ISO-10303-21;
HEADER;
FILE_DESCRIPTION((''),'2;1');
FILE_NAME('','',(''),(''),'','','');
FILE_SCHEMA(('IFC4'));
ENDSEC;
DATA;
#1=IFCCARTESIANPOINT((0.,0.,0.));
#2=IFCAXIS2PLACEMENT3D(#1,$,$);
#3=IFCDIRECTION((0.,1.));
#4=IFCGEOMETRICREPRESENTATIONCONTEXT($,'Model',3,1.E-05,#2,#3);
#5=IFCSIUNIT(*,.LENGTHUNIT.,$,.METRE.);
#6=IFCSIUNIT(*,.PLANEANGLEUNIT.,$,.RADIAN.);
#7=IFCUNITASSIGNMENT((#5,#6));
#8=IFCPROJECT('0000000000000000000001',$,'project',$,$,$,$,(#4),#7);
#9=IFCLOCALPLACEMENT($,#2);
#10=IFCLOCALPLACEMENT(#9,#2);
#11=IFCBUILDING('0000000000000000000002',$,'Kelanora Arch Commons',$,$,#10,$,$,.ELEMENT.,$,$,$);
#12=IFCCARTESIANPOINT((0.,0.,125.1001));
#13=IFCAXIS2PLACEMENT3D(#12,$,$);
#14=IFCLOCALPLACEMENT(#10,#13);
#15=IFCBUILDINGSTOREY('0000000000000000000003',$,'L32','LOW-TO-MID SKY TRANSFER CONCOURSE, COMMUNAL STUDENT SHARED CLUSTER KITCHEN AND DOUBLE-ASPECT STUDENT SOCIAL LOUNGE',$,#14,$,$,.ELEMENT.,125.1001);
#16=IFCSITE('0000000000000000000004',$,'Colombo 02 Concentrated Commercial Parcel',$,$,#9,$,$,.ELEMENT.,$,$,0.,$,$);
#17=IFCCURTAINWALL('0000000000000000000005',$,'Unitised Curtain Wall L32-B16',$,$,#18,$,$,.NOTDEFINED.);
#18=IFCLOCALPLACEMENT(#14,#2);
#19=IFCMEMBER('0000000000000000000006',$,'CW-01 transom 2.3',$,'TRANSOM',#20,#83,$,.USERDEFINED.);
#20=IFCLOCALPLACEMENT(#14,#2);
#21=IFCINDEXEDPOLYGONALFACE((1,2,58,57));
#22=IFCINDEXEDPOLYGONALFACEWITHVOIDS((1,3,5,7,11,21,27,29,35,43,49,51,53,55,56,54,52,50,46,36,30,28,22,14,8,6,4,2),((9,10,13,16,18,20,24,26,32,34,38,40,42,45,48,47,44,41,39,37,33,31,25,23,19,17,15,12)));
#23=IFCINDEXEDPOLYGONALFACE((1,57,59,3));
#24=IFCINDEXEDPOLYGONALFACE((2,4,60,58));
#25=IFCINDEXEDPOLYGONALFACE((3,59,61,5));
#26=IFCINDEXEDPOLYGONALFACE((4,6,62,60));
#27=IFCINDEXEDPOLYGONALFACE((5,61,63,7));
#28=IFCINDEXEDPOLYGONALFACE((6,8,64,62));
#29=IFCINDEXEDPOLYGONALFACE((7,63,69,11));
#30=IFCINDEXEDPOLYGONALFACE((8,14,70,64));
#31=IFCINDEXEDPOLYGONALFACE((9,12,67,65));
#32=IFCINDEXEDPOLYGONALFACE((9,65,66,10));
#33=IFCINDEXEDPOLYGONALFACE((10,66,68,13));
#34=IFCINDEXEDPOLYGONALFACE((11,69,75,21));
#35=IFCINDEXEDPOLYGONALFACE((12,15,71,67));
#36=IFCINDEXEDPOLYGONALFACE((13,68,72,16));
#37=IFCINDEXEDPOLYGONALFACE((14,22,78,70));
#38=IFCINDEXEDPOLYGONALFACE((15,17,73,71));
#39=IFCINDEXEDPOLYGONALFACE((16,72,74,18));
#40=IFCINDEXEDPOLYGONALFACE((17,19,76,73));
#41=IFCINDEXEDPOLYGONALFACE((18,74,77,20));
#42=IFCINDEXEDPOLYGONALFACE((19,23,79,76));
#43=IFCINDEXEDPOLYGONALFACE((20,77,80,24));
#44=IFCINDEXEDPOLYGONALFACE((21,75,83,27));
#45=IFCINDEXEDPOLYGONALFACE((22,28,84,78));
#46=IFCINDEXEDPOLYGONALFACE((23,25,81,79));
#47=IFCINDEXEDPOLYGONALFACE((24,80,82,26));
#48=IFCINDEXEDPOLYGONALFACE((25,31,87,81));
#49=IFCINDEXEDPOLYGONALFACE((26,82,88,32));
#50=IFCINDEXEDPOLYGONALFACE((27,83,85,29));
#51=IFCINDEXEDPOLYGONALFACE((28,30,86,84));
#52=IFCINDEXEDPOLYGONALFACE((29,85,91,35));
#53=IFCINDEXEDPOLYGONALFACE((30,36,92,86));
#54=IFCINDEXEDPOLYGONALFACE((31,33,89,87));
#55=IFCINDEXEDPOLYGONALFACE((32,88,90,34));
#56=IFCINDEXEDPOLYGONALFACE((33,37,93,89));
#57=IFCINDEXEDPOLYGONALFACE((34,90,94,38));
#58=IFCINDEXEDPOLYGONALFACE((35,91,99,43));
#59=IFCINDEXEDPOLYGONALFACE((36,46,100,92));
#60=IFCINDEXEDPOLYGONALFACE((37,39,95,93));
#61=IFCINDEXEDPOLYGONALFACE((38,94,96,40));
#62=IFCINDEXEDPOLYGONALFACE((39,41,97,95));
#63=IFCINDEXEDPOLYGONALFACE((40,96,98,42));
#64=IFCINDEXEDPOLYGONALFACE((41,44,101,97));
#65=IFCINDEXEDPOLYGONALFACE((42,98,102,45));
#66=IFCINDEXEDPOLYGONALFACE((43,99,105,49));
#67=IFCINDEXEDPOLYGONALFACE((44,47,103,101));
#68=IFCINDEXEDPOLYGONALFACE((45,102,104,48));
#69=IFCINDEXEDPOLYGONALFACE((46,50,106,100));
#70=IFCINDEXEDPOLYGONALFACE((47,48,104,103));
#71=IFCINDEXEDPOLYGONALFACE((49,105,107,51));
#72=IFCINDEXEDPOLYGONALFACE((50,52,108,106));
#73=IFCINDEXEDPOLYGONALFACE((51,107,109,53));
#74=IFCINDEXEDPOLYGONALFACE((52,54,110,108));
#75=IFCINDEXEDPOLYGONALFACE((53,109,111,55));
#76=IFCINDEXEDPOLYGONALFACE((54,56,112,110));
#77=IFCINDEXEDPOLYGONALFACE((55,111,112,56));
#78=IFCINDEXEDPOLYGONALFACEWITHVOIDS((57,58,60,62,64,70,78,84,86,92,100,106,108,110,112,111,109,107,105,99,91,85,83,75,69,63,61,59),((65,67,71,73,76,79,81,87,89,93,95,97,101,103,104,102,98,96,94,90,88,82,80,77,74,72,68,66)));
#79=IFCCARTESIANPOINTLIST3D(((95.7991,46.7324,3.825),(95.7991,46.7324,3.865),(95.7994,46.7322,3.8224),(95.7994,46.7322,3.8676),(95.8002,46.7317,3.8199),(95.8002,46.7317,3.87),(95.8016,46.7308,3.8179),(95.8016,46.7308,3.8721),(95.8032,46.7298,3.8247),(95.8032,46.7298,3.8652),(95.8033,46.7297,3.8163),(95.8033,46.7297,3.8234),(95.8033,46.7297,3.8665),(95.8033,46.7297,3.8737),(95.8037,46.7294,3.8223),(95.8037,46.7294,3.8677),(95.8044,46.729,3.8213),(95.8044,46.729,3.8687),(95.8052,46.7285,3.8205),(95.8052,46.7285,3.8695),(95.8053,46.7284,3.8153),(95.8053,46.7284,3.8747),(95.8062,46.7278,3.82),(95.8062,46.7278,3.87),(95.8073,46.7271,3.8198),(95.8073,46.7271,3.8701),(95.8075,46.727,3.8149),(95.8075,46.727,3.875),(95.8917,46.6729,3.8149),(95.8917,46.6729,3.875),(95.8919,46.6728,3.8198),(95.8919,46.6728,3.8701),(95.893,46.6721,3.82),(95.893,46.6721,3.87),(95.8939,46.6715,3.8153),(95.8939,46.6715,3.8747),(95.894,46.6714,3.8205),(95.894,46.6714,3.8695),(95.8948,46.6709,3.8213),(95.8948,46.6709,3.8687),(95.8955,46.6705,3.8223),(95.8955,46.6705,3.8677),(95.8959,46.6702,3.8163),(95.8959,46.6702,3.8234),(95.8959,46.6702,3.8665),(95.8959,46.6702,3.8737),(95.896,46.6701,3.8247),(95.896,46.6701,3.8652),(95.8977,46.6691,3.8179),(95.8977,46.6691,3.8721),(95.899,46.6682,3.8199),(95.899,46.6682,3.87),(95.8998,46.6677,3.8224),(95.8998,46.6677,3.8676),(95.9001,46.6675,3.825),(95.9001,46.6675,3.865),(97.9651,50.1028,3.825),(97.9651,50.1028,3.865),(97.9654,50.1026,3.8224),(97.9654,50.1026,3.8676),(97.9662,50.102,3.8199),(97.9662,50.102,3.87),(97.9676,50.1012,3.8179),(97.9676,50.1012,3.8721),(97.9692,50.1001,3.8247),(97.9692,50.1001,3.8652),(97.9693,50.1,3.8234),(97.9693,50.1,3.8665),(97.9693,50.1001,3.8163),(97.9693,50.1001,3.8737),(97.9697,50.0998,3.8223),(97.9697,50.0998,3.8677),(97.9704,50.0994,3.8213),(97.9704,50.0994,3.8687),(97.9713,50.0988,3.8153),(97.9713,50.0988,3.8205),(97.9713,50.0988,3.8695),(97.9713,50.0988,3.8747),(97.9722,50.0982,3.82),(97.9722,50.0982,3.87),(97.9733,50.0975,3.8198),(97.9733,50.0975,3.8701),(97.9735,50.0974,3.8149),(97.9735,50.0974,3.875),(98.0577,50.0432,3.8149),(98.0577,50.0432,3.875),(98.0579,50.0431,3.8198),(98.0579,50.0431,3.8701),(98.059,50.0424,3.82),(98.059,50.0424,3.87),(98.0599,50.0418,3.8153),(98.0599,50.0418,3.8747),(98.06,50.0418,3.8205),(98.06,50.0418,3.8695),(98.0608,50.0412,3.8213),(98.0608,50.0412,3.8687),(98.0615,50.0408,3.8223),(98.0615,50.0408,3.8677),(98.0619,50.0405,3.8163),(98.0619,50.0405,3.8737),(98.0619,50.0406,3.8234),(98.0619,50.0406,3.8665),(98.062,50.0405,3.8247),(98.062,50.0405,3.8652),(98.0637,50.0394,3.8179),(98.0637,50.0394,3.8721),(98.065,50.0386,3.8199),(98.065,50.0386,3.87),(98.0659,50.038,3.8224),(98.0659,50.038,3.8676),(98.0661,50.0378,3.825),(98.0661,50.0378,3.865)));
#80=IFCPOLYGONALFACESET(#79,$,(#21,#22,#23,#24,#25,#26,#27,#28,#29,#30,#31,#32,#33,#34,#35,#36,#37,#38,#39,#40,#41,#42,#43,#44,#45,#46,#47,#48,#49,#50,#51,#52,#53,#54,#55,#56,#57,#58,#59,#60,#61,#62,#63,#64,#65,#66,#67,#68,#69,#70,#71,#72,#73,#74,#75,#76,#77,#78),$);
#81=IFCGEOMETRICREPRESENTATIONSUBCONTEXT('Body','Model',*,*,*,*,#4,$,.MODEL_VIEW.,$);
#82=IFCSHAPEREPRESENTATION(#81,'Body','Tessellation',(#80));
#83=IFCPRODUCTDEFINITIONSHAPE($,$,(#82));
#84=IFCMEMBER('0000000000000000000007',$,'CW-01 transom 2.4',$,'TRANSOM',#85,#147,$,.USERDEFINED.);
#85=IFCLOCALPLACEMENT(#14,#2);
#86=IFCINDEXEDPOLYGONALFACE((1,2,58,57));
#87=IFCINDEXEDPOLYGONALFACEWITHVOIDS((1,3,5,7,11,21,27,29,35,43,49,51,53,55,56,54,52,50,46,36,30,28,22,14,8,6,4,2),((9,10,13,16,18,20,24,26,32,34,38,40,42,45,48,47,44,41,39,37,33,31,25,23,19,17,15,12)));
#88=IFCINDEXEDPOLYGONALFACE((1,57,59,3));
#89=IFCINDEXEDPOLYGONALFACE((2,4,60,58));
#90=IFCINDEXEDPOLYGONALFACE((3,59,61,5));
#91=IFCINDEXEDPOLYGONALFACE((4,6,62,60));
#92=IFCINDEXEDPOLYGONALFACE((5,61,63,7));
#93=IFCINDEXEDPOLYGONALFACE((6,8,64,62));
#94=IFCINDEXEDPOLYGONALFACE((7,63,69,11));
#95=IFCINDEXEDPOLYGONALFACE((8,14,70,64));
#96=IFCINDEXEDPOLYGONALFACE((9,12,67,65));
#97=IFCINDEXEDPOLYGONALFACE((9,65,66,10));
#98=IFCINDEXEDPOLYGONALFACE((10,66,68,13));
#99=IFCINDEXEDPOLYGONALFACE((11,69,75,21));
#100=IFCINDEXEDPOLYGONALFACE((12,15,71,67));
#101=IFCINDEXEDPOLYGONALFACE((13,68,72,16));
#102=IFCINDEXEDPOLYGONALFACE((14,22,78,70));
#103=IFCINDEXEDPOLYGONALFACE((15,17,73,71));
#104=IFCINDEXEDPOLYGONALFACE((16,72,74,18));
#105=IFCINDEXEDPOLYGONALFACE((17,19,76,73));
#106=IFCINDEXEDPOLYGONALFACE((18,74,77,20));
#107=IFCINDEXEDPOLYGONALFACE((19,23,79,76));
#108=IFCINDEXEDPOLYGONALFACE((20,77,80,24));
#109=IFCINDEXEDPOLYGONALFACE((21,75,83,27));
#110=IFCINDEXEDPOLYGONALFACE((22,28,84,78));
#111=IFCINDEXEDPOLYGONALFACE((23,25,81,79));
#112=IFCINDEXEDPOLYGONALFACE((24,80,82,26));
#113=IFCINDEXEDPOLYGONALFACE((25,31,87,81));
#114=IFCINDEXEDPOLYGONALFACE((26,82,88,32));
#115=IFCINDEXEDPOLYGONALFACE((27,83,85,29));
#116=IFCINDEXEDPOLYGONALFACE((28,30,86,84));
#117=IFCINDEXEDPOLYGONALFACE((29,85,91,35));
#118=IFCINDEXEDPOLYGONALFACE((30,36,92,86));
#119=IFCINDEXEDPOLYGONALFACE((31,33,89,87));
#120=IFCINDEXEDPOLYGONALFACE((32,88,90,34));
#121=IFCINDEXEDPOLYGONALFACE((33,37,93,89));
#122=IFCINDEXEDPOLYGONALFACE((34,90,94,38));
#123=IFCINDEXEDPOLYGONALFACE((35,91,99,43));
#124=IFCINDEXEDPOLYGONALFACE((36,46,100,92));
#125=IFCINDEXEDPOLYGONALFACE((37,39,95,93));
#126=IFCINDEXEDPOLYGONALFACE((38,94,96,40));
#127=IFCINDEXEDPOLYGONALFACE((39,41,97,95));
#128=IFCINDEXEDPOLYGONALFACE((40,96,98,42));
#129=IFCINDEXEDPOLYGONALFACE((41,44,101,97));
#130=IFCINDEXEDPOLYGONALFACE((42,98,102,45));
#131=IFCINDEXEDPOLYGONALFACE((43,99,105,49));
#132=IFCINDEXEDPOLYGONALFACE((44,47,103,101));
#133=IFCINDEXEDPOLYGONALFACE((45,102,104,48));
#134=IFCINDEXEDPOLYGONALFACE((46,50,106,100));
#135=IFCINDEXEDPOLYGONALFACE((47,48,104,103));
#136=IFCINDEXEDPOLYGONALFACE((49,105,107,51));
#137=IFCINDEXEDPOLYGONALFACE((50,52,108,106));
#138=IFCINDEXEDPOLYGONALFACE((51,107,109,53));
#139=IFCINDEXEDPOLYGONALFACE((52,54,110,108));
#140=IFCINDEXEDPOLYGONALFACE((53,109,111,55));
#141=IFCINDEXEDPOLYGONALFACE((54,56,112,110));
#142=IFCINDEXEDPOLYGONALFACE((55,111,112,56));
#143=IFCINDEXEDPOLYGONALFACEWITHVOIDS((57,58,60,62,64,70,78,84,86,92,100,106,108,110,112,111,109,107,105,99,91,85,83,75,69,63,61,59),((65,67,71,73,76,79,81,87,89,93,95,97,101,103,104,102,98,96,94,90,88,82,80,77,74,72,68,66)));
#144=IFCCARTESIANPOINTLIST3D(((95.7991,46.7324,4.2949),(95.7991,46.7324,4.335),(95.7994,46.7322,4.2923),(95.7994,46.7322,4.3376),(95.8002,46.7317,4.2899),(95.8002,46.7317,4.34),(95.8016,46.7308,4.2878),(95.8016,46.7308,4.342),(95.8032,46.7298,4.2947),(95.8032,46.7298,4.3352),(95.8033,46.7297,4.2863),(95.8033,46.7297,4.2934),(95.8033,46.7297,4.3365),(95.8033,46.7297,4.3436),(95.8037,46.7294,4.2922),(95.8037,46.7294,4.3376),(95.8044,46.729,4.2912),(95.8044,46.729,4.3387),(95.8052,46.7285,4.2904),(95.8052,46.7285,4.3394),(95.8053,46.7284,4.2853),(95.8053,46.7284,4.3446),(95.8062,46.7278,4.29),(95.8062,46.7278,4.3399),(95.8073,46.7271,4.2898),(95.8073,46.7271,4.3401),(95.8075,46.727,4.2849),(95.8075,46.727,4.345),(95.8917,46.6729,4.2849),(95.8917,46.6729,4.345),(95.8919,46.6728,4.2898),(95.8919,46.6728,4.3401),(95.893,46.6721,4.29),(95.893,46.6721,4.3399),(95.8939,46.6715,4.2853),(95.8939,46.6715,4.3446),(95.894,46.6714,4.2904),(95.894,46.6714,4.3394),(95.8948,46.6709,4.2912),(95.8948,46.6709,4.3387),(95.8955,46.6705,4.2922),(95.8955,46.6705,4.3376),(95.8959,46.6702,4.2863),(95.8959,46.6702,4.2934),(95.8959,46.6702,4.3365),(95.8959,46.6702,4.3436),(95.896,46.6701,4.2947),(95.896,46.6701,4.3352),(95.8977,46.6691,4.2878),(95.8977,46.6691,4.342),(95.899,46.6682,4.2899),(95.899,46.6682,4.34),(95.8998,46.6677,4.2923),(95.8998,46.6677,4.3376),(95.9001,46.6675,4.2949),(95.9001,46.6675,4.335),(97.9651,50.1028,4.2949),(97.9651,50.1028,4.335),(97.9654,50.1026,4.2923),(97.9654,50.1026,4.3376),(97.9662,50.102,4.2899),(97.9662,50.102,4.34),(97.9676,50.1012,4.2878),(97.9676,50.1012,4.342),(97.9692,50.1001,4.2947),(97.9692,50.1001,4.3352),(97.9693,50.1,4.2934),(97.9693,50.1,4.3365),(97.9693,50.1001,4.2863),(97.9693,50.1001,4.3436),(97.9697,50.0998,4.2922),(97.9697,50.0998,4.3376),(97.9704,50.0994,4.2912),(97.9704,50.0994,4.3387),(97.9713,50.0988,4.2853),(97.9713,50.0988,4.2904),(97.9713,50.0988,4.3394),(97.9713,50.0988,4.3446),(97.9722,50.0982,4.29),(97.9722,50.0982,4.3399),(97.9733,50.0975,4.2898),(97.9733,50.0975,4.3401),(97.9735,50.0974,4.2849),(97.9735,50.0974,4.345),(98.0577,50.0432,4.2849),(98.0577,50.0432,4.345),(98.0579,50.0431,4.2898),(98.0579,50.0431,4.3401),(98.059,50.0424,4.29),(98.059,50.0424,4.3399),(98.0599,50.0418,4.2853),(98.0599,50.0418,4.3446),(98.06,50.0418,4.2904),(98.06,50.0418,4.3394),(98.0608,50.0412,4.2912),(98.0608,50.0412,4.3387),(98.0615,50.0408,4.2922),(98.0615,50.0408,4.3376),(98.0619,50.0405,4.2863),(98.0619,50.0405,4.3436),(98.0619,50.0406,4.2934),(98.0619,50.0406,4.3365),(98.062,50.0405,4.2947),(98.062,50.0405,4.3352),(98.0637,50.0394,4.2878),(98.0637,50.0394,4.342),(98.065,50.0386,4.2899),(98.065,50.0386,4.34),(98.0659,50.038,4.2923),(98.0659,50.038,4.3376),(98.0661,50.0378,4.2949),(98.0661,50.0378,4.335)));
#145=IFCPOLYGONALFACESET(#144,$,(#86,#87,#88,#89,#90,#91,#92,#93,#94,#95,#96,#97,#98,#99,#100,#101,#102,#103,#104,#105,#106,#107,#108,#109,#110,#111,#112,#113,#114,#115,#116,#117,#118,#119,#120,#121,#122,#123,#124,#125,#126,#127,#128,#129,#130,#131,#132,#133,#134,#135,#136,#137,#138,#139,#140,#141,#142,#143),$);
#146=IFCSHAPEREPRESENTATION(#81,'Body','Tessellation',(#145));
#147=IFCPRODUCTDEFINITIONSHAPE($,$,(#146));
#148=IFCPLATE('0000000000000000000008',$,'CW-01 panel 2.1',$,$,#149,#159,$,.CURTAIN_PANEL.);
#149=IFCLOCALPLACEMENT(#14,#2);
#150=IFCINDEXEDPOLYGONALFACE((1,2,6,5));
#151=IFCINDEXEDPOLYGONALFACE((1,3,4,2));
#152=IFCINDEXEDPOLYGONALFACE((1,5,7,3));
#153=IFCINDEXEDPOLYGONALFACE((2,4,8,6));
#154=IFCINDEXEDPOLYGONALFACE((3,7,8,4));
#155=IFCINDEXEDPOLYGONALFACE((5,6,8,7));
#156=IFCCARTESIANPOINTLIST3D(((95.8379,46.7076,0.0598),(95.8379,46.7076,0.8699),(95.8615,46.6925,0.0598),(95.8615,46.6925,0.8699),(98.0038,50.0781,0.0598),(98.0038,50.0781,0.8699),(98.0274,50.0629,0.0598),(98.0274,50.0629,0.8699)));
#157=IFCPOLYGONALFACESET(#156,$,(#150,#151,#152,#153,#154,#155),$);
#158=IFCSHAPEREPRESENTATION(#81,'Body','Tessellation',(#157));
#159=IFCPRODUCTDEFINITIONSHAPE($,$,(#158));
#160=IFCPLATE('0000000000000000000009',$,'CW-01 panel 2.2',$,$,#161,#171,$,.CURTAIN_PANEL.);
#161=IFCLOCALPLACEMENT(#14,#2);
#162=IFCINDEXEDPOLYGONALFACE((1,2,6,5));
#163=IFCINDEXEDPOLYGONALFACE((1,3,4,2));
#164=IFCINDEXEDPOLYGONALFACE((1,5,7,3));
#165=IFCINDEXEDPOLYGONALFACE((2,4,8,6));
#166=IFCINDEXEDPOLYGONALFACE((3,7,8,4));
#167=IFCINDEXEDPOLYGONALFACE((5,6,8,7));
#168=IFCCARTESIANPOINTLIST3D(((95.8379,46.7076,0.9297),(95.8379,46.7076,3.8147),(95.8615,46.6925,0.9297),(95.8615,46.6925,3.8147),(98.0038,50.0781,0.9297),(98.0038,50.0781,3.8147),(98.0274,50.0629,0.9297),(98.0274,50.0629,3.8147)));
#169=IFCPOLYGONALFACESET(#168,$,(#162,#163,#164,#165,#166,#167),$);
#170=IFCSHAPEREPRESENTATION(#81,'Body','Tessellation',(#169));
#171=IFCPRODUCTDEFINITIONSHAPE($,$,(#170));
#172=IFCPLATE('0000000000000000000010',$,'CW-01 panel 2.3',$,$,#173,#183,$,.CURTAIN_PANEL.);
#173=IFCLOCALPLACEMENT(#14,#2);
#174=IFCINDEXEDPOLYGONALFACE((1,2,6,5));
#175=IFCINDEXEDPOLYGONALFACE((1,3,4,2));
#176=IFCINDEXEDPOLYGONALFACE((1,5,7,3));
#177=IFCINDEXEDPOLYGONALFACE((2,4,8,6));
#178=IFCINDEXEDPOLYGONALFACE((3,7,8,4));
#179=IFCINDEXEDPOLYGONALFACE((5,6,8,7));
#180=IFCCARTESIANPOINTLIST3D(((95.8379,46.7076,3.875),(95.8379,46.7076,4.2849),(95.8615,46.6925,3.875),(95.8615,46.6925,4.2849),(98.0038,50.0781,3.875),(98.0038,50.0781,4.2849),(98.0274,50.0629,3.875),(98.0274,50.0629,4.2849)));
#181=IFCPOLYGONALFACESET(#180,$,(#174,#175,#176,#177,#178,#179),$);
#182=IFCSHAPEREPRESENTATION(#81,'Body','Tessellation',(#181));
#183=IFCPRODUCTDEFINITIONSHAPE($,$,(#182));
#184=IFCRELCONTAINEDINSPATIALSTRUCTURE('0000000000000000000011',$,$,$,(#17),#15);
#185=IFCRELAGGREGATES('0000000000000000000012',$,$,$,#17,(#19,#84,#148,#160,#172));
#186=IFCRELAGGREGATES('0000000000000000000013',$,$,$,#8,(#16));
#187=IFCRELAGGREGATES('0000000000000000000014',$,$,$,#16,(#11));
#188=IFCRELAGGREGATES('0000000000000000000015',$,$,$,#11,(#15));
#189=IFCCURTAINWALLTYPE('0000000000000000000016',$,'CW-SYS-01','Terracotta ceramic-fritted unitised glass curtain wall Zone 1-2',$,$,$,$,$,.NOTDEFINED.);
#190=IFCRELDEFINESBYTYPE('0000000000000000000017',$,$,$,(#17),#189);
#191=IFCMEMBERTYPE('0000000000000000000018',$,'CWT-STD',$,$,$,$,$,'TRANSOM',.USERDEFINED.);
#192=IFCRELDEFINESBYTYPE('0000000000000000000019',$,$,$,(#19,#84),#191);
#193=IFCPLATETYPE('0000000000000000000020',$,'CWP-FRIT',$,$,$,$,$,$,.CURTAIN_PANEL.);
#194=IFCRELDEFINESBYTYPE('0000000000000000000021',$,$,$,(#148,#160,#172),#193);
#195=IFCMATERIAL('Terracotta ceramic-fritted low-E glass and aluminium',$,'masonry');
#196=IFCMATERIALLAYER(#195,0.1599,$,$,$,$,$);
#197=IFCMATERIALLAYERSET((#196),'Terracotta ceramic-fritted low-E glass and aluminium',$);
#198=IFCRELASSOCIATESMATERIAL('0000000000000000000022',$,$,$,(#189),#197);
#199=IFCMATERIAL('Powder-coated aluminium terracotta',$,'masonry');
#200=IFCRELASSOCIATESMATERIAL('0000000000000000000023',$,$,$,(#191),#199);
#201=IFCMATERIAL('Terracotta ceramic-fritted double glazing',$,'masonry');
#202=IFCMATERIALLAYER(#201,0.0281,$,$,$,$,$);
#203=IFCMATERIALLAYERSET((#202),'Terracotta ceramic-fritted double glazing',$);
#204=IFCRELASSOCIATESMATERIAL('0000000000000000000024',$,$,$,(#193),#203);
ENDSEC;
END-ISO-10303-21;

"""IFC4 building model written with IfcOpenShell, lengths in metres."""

from ifc_helpers import new_model, si_unit, direction, frame, origin, origin_2d, place, context, subcontext, project, spatial, rectangle, hollow_rectangle, extrude, source, transform, mapped, material, layer, layer_set, material_profile, profile_set, type_object, element, aggregate, save


model = new_model("IFC4")

# Units and contexts
model_context = context("Model", 3, precision=1e-05, world=origin(), true_north=direction((0.0, 1.0)))
body_context = subcontext(model_context, "Body", "Model", "MODEL_VIEW")
ifc_project = project(units=[si_unit("LENGTHUNIT", "METRE"), si_unit("PLANEANGLEUNIT", "RADIAN")], contexts=[model_context])

# Site, building, storey
site_placement = place(None, origin())
site = spatial("IfcSite", under=ifc_project, at=site_placement, Name="Colombo 02 Concentrated Commercial Parcel", CompositionType="ELEMENT", RefElevation=0.0)
building_placement = place(site_placement, origin())
building = spatial("IfcBuilding", under=site, at=building_placement, Name="Kelanora Arch Commons", CompositionType="ELEMENT")
storey_placement = place(building_placement, frame((0.0, 0.0, 125.1001)))
storey = spatial("IfcBuildingStorey", under=building, at=storey_placement, Name="L32", Description="LOW-TO-MID SKY TRANSFER CONCOURSE, COMMUNAL STUDENT SHARED CLUSTER KITCHEN AND DOUBLE-ASPECT STUDENT SOCIAL LOUNGE", CompositionType="ELEMENT", Elevation=125.1001)

# Curtain wall, members, plates
ifc_material_1 = material(Name="Terracotta ceramic-fritted low-E glass and aluminium", Category="masonry")
ifc_layer_1 = layer(ifc_material_1, 0.1599)
ifc_layer_set_1 = layer_set([ifc_layer_1], Name="Terracotta ceramic-fritted low-E glass and aluminium")
curtain_wall_type = type_object("IfcCurtainWallType", Name="CW-SYS-01", Description="Terracotta ceramic-fritted unitised glass curtain wall Zone 1-2", PredefinedType="NOTDEFINED", material=ifc_layer_set_1)
curtain_wall_placement = place(storey_placement, origin())
curtain_wall = element("IfcCurtainWall", 1, at=curtain_wall_placement, inside=storey, type_object=curtain_wall_type, Name="Unitised Curtain Wall L32-B16", PredefinedType="NOTDEFINED")
ifc_material_2 = material(Name="Powder-coated aluminium terracotta", Category="masonry")
ifc_material_profile_1 = material_profile(ifc_material_2, hollow_rectangle(XDim=0.1201, YDim=0.0601, WallThickness=0.0049, InnerFilletRadius=0.0049, OuterFilletRadius=0.01, at=origin_2d()), Name="CWT120x60")
ifc_profile_set_1 = profile_set([ifc_material_profile_1], Name="Powder-coated aluminium terracotta")
member_type_1 = type_object("IfcMemberType", Name="CWT-STD", ElementType="TRANSOM", PredefinedType="USERDEFINED", material=ifc_profile_set_1)
member_1_placement = place(storey_placement, frame((95.8496, 46.7, 3.845), z_axis=(0.540644, 0.841252, 0.0), x_axis=(-0.841252, 0.540644, 0.0)))
member_1 = element("IfcMember", 2, at=member_1_placement, type_object=member_type_1, Name="CW-01 transom 2.3", ObjectType="TRANSOM", PredefinedType="USERDEFINED", context=body_context, shape_type="SweptSolid", body=[
    extrude(hollow_rectangle(XDim=0.1201, YDim=0.0601, WallThickness=0.0049, InnerFilletRadius=0.0049, OuterFilletRadius=0.01, at=origin_2d()), origin(), (0.0, 0.0, 1.0), 4.0063),
])
member_2_placement = place(storey_placement, frame((95.8496, 46.7, 4.3149), z_axis=(0.540644, 0.841252, 0.0), x_axis=(-0.841252, 0.540644, 0.0)))
member_2 = element("IfcMember", 3, at=member_2_placement, type_object=member_type_1, Name="CW-01 transom 2.4", ObjectType="TRANSOM", PredefinedType="USERDEFINED", context=body_context, shape_type="SweptSolid", body=[
    extrude(hollow_rectangle(XDim=0.1201, YDim=0.0601, WallThickness=0.0049, InnerFilletRadius=0.0049, OuterFilletRadius=0.01, at=origin_2d()), origin(), (0.0, 0.0, 1.0), 4.0063),
])
ifc_material_3 = material(Name="Terracotta ceramic-fritted double glazing", Category="masonry")
ifc_layer_2 = layer(ifc_material_3, 0.0281)
ifc_layer_set_2 = layer_set([ifc_layer_2], Name="Terracotta ceramic-fritted double glazing")
plate_type = type_object("IfcPlateType", Name="CWP-FRIT", PredefinedType="CURTAIN_PANEL", material=ifc_layer_set_2)
shared_shape_1 = source(origin(), body_context, "Body", "SweptSolid", [
    extrude(rectangle(XDim=4.0063, YDim=0.0281, at=origin_2d()), origin(), (0.0, 0.0, 1.0), 0.8101),
])
plate_1_placement = place(storey_placement, frame((96.9326, 48.3853, 0.0598), z_axis=(0.0, 0.0, 1.0), x_axis=(0.540617, 0.841269, 0.0)))
plate_1 = element("IfcPlate", 4, at=plate_1_placement, type_object=plate_type, Name="CW-01 panel 2.1", PredefinedType="CURTAIN_PANEL", context=body_context, shape_type="MappedRepresentation", body=[
    mapped(shared_shape_1, transform((0.0, 0.0, 0.0), scale=1.0)),
])
shared_shape_2 = source(origin(), body_context, "Body", "SweptSolid", [
    extrude(rectangle(XDim=4.0063, YDim=0.0281, at=origin_2d()), origin(), (0.0, 0.0, 1.0), 2.885),
])
plate_2_placement = place(storey_placement, frame((96.9326, 48.3853, 0.9297), z_axis=(0.0, 0.0, 1.0), x_axis=(0.540617, 0.841269, 0.0)))
plate_2 = element("IfcPlate", 5, at=plate_2_placement, type_object=plate_type, Name="CW-01 panel 2.2", PredefinedType="CURTAIN_PANEL", context=body_context, shape_type="MappedRepresentation", body=[
    mapped(shared_shape_2, transform((0.0, 0.0, 0.0), scale=1.0)),
])
shared_shape_3 = source(origin(), body_context, "Body", "SweptSolid", [
    extrude(rectangle(XDim=4.0063, YDim=0.0281, at=origin_2d()), origin(), (0.0, 0.0, 1.0), 0.4099),
])
plate_3_placement = place(storey_placement, frame((96.9326, 48.3853, 3.875), z_axis=(0.0, 0.0, 1.0), x_axis=(0.540617, 0.841269, 0.0)))
plate_3 = element("IfcPlate", 6, at=plate_3_placement, type_object=plate_type, Name="CW-01 panel 2.3", PredefinedType="CURTAIN_PANEL", context=body_context, shape_type="MappedRepresentation", body=[
    mapped(shared_shape_3, transform((0.0, 0.0, 0.0), scale=1.0)),
])
aggregate(curtain_wall, [member_1, member_2, plate_1, plate_2, plate_3])

save(model, "model.ifc")
